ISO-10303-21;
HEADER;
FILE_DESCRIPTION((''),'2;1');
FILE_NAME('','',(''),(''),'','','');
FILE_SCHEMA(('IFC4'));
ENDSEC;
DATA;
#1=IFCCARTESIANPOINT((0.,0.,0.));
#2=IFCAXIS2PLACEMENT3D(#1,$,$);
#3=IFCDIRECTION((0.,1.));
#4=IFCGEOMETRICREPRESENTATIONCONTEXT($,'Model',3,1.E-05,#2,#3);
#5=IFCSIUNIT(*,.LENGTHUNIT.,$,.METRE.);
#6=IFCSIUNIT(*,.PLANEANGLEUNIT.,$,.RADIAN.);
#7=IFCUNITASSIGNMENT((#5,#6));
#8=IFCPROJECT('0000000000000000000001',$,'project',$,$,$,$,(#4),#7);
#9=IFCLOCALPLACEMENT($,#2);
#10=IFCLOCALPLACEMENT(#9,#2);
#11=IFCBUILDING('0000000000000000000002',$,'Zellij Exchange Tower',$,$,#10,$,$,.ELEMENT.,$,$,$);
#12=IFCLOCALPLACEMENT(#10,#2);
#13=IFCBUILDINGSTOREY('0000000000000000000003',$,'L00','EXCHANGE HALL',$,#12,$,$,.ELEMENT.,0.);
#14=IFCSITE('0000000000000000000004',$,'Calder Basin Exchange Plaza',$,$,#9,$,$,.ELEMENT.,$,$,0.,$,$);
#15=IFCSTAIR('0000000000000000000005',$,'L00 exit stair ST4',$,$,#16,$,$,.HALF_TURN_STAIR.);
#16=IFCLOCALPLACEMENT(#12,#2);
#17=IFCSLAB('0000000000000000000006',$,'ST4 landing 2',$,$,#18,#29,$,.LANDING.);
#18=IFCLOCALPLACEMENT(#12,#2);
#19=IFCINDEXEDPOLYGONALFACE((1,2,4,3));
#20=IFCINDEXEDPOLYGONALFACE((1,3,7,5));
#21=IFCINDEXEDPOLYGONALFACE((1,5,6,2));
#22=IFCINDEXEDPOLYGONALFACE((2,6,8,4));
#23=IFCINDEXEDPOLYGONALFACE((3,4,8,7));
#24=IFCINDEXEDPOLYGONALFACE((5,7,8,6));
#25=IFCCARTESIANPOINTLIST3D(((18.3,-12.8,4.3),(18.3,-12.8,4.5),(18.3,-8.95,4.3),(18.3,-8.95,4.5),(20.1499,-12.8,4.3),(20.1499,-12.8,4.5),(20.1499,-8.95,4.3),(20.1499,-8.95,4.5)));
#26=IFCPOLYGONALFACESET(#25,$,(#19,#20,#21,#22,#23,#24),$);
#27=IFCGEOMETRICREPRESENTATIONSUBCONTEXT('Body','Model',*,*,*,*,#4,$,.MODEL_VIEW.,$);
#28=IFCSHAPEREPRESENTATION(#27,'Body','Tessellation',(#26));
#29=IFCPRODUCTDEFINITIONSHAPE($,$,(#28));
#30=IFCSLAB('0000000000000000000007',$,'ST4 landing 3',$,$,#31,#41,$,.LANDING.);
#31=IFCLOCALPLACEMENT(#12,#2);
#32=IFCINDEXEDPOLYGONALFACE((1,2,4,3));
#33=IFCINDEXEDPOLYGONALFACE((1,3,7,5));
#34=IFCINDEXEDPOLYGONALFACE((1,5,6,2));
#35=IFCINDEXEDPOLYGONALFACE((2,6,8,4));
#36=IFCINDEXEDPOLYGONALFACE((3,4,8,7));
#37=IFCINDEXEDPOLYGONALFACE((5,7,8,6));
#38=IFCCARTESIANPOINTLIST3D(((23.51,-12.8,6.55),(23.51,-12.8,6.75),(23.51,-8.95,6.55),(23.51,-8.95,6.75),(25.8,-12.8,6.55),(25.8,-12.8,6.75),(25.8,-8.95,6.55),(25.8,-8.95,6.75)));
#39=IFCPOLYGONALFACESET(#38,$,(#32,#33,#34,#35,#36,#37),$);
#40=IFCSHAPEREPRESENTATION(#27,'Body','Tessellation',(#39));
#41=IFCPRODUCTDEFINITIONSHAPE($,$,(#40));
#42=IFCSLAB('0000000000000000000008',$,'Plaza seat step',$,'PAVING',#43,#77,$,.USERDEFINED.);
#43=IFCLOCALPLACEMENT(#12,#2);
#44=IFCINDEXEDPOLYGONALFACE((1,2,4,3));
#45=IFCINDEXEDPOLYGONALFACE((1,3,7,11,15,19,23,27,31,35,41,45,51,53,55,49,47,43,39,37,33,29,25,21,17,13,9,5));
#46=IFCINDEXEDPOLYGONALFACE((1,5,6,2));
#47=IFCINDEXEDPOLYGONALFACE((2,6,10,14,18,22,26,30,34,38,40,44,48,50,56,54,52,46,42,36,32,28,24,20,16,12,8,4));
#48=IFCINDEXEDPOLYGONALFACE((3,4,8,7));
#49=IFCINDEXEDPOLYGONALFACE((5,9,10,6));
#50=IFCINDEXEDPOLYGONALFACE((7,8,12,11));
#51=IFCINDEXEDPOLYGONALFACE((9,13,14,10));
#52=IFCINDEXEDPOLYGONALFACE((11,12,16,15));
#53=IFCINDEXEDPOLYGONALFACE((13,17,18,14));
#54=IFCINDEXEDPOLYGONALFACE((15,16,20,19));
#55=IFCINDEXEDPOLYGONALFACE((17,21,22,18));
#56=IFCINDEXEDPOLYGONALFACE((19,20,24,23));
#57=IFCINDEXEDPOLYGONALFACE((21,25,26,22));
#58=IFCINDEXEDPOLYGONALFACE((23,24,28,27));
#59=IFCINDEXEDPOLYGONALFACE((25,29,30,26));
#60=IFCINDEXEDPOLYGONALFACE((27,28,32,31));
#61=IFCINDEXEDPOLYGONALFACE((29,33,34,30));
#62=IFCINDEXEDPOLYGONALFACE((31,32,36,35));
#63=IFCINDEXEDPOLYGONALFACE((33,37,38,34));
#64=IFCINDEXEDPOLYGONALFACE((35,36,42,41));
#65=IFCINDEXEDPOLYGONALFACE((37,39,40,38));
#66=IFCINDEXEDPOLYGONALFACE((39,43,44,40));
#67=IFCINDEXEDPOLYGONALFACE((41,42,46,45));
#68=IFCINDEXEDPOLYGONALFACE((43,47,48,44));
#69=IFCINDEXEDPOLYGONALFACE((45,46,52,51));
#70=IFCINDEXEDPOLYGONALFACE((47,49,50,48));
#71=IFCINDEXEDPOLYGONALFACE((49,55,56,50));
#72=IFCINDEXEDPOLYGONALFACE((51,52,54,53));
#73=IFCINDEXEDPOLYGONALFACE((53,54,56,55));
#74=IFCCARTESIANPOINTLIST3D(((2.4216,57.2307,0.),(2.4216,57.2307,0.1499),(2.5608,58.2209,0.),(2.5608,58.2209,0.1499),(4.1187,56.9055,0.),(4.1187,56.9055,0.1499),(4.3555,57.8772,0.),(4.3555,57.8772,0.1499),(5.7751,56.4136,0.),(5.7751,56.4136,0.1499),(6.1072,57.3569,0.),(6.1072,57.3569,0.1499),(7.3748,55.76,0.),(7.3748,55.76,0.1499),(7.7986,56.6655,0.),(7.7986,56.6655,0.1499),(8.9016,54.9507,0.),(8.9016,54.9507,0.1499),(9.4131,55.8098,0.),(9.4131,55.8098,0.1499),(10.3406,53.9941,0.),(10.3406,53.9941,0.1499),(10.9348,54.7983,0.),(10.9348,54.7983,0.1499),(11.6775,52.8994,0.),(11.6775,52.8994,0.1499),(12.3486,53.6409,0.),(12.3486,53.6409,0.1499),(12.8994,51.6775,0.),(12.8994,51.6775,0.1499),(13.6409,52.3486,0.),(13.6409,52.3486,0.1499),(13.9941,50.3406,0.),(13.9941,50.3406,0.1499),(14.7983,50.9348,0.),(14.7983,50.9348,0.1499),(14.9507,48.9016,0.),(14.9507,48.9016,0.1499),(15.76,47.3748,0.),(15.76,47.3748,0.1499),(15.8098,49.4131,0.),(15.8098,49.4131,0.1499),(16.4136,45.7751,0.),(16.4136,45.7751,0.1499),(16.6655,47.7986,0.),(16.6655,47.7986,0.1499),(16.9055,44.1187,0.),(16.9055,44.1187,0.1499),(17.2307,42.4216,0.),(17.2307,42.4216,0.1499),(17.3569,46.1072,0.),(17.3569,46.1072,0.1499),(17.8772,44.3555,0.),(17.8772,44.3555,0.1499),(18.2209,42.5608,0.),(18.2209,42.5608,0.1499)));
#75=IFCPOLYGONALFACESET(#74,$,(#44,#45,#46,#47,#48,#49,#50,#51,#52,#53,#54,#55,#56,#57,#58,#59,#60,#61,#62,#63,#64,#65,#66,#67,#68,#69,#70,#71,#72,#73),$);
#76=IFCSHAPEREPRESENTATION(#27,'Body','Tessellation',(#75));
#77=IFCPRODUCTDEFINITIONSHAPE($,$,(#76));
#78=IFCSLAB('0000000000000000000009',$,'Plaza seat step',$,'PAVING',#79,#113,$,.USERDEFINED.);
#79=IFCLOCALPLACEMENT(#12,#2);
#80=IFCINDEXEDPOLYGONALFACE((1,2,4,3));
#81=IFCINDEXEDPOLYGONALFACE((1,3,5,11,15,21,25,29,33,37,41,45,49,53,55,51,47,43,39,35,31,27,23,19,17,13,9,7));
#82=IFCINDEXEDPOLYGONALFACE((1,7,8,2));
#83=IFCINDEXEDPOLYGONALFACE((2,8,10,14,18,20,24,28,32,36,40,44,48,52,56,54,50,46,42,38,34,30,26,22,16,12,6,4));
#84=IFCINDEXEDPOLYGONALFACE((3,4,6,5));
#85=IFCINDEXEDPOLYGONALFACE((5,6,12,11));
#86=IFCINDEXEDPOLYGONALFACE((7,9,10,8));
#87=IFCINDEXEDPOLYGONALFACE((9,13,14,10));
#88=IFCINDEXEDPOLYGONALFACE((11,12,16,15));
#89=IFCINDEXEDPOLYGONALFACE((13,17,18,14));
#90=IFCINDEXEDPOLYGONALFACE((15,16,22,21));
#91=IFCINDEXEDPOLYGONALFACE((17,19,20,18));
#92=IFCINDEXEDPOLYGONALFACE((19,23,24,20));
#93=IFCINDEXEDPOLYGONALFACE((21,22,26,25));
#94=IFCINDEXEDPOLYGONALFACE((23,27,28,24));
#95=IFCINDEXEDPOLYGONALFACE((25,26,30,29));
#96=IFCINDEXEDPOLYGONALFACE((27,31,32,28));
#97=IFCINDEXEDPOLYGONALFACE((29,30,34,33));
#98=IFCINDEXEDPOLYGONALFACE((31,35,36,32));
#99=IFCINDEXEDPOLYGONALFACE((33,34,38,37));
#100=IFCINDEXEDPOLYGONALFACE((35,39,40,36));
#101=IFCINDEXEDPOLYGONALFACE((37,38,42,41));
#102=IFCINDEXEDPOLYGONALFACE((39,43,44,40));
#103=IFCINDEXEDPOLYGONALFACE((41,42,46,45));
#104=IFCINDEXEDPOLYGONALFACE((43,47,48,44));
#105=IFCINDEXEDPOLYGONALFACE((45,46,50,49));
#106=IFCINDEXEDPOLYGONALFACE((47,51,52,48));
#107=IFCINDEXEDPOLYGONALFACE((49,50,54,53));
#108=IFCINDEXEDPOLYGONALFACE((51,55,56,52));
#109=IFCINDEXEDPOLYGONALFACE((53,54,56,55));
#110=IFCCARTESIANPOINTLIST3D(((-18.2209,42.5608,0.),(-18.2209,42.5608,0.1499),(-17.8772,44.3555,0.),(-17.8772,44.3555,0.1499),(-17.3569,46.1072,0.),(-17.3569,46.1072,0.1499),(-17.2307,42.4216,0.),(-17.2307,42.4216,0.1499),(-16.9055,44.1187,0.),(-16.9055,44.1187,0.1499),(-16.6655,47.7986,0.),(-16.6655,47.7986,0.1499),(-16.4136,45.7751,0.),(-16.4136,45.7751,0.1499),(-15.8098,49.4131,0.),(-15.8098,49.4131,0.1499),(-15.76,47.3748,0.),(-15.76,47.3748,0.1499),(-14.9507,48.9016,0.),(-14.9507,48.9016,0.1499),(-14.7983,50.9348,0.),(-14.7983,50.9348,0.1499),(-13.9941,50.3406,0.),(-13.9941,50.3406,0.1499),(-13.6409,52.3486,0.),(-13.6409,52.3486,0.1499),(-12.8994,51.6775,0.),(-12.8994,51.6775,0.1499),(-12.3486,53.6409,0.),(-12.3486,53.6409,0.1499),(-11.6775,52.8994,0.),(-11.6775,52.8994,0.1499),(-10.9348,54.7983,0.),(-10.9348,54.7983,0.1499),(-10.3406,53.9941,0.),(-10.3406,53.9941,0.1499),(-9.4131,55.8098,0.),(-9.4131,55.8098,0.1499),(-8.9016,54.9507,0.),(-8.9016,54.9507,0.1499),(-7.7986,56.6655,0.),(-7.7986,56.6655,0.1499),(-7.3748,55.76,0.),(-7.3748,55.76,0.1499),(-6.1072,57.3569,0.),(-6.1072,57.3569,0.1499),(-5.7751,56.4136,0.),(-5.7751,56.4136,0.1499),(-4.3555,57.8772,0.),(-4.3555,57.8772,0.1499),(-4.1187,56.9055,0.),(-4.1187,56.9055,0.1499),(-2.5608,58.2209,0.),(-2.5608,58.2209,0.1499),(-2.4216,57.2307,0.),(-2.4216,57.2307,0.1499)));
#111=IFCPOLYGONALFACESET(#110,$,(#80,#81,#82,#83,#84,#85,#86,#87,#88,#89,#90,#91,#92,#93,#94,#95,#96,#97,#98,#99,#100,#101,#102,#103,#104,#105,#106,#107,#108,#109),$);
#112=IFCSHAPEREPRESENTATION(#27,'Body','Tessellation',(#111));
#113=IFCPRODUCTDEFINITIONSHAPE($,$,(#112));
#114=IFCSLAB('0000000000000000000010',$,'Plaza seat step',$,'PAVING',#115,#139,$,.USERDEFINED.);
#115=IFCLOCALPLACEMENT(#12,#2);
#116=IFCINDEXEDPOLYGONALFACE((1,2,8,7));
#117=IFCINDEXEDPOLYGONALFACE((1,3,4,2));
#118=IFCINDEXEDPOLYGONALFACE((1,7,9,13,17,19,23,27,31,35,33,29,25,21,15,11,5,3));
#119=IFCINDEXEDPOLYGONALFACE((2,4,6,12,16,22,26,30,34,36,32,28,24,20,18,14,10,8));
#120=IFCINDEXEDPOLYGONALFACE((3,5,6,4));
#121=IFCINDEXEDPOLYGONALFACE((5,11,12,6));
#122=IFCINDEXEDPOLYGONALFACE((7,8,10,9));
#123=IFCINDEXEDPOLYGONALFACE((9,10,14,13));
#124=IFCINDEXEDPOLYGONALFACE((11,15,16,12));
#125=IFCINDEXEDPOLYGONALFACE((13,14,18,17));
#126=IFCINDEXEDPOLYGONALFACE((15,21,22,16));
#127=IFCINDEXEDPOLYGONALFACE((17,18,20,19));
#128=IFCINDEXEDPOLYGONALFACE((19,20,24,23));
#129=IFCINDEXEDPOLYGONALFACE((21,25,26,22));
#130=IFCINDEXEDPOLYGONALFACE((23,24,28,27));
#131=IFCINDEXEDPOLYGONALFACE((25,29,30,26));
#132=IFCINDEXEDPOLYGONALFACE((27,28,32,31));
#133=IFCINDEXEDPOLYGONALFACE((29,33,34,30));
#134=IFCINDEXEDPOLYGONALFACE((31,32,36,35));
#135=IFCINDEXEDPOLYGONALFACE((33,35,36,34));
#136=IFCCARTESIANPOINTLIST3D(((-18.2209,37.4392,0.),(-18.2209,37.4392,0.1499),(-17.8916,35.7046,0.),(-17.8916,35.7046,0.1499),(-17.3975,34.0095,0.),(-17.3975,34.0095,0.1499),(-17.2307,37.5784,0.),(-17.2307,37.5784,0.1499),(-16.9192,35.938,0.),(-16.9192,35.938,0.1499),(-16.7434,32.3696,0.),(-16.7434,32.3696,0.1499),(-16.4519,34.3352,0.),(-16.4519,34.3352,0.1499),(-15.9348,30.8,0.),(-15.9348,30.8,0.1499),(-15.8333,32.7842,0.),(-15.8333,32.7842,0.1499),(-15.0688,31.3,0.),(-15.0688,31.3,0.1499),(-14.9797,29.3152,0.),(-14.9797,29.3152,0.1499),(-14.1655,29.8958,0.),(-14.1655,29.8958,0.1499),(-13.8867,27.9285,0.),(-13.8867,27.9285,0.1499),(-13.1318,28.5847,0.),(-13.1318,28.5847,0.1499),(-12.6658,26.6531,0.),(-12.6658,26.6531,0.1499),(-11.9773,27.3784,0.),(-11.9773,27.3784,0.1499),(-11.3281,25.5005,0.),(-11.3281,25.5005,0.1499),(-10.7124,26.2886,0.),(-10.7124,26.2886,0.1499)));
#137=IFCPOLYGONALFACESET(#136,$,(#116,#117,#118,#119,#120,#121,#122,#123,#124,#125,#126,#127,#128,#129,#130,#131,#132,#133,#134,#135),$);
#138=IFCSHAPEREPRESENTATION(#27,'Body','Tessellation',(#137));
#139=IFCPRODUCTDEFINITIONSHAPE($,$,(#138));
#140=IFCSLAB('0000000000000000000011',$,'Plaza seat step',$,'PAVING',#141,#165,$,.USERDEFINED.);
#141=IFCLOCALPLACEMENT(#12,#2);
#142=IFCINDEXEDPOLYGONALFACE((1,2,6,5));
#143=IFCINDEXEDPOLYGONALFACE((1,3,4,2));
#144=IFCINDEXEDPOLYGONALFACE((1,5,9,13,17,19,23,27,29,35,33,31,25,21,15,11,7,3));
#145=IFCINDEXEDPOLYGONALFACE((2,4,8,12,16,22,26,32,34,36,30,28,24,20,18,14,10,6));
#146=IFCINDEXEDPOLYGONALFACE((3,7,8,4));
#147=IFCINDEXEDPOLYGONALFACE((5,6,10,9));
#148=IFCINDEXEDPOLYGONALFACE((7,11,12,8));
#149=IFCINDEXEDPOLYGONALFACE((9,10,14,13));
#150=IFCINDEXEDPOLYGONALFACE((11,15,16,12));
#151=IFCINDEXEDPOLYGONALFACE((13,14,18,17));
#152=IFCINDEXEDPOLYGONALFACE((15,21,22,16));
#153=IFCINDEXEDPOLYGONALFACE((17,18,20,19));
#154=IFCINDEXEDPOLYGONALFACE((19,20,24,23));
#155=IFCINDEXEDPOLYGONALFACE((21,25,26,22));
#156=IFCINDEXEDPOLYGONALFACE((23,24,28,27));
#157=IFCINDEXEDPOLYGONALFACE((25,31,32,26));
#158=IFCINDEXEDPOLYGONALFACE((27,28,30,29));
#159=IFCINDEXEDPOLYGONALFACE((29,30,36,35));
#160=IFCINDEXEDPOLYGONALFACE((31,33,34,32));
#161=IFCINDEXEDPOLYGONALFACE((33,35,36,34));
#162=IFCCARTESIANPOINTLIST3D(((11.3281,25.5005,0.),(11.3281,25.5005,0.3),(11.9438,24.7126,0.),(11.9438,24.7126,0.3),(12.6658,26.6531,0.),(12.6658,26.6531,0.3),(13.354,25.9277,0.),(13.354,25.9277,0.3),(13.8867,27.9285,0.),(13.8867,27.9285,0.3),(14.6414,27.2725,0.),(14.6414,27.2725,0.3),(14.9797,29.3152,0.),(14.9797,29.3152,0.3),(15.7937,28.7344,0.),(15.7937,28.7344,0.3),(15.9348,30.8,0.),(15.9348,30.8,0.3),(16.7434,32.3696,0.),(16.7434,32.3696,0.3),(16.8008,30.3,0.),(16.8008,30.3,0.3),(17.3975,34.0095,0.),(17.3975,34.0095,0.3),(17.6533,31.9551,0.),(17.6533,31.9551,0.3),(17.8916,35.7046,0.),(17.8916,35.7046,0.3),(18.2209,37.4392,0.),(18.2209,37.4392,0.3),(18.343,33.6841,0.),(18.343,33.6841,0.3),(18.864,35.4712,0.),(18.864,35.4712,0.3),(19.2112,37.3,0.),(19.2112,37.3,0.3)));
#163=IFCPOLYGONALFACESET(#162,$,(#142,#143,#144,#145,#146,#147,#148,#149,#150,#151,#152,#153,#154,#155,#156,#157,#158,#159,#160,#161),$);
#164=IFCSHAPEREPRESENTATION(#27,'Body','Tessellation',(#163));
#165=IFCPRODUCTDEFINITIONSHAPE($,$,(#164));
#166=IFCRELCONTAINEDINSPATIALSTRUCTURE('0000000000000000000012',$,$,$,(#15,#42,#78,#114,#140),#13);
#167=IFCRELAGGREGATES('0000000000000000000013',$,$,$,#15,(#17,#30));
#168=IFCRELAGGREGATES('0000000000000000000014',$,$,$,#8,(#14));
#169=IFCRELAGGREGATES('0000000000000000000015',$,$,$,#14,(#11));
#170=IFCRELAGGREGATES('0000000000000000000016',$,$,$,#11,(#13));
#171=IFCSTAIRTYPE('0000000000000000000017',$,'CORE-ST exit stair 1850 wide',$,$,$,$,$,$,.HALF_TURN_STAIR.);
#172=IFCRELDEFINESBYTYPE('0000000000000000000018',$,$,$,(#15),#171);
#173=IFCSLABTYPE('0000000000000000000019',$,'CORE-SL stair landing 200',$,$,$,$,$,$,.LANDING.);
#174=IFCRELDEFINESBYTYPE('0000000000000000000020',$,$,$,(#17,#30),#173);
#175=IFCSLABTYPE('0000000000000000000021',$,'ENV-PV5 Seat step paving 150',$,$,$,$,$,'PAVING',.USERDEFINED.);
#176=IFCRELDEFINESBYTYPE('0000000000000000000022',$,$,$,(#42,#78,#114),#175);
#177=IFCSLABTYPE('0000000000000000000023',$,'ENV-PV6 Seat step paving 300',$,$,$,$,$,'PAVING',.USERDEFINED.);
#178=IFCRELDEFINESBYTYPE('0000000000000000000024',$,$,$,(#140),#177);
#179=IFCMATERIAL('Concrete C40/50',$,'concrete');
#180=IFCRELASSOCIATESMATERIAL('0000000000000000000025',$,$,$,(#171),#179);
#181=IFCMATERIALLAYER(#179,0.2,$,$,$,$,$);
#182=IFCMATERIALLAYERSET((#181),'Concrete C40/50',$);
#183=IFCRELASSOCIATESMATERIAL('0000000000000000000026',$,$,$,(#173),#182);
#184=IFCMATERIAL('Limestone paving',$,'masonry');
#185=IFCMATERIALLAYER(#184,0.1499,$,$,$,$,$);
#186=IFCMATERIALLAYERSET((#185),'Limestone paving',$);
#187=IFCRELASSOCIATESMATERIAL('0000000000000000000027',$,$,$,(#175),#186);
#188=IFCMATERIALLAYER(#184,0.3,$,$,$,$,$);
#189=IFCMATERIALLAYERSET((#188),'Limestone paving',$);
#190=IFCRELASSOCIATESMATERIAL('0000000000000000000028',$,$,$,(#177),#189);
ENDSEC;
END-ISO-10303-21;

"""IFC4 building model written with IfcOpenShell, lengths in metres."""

from ifc_helpers import new_model, si_unit, direction, frame, origin, place, context, subcontext, project, spatial, polyline, outline, extrude, material, layer, layer_set, type_object, element, aggregate, save


model = new_model("IFC4")

# Units and contexts
model_context = context("Model", 3, precision=1e-05, world=origin(), true_north=direction((0.0, 1.0)))
body_context = subcontext(model_context, "Body", "Model", "MODEL_VIEW")
ifc_project = project(units=[si_unit("LENGTHUNIT", "METRE"), si_unit("PLANEANGLEUNIT", "RADIAN")], contexts=[model_context])

# Site, building, storey
site_placement = place(None, origin())
site = spatial("IfcSite", under=ifc_project, at=site_placement, Name="Calder Basin Exchange Plaza", CompositionType="ELEMENT", RefElevation=0.0)
building_placement = place(site_placement, origin())
building = spatial("IfcBuilding", under=site, at=building_placement, Name="Zellij Exchange Tower", CompositionType="ELEMENT")
storey_placement = place(building_placement, origin())
storey = spatial("IfcBuildingStorey", under=building, at=storey_placement, Name="L00", Description="EXCHANGE HALL", CompositionType="ELEMENT", Elevation=0.0)

# Stair, slabs
ifc_material_1 = material(Name="Concrete C40/50", Category="concrete")
stair_type = type_object("IfcStairType", Name="CORE-ST exit stair 1850 wide", PredefinedType="HALF_TURN_STAIR", material=ifc_material_1)
ifc_layer_1 = layer(ifc_material_1, 0.2)
ifc_layer_set_1 = layer_set([ifc_layer_1], Name="Concrete C40/50")
slab_type_1 = type_object("IfcSlabType", Name="CORE-SL stair landing 200", PredefinedType="LANDING", material=ifc_layer_set_1)
stair_1_placement = place(storey_placement, origin())
stair_1 = element("IfcStair", 1, at=stair_1_placement, inside=storey, type_object=stair_type, Name="L00 exit stair ST4", PredefinedType="HALF_TURN_STAIR")
slab_1_placement = place(storey_placement, frame((0.0, 0.0, 4.3)))
slab_1 = element("IfcSlab", 2, at=slab_1_placement, type_object=slab_type_1, Name="ST4 landing 2", PredefinedType="LANDING", context=body_context, shape_type="SweptSolid", body=[
    extrude(outline(polyline([(18.3, -12.8), (20.1499, -12.8), (20.1499, -8.95), (18.3, -8.95), (18.3, -12.8)])), origin(), (0.0, 0.0, 1.0), 0.2),
])
slab_2_placement = place(storey_placement, frame((0.0, 0.0, 6.55)))
slab_2 = element("IfcSlab", 3, at=slab_2_placement, type_object=slab_type_1, Name="ST4 landing 3", PredefinedType="LANDING", context=body_context, shape_type="SweptSolid", body=[
    extrude(outline(polyline([(23.51, -12.8), (25.8, -12.8), (25.8, -8.95), (23.51, -8.95), (23.51, -12.8)])), origin(), (0.0, 0.0, 1.0), 0.2),
])
aggregate(stair_1, [slab_1, slab_2])

# Slabs
ifc_material_2 = material(Name="Limestone paving", Category="masonry")
ifc_layer_2 = layer(ifc_material_2, 0.1499)
ifc_layer_set_2 = layer_set([ifc_layer_2], Name="Limestone paving")
slab_type_2 = type_object("IfcSlabType", Name="ENV-PV5 Seat step paving 150", ElementType="PAVING", PredefinedType="USERDEFINED", material=ifc_layer_set_2)
slab_3_placement = place(storey_placement, origin())
element("IfcSlab", 4, at=slab_3_placement, inside=storey, type_object=slab_type_2, Name="Plaza seat step", ObjectType="PAVING", PredefinedType="USERDEFINED", context=body_context, shape_type="SweptSolid", body=[
    extrude(outline(polyline([(18.2209, 42.5608), (17.8772, 44.3555), (17.3569, 46.1072), (16.6655, 47.7986), (15.8098, 49.4131), (14.7983, 50.9348), (13.6409, 52.3486), (12.3486, 53.6409), (10.9348, 54.7983), (9.4131, 55.8098), (7.7986, 56.6655), (6.1072, 57.3569), (4.3555, 57.8772), (2.5608, 58.2209), (2.4216, 57.2307), (4.1187, 56.9055), (5.7751, 56.4136), (7.3748, 55.76), (8.9016, 54.9507), (10.3406, 53.9941), (11.6775, 52.8994), (12.8994, 51.6775), (13.9941, 50.3406), (14.9507, 48.9016), (15.76, 47.3748), (16.4136, 45.7751), (16.9055, 44.1187), (17.2307, 42.4216), (18.2209, 42.5608)])), origin(), (0.0, 0.0, 1.0), 0.1499),
])
slab_4_placement = place(storey_placement, origin())
element("IfcSlab", 5, at=slab_4_placement, inside=storey, type_object=slab_type_2, Name="Plaza seat step", ObjectType="PAVING", PredefinedType="USERDEFINED", context=body_context, shape_type="SweptSolid", body=[
    extrude(outline(polyline([(-2.5608, 58.2209), (-4.3555, 57.8772), (-6.1072, 57.3569), (-7.7986, 56.6655), (-9.4131, 55.8098), (-10.9348, 54.7983), (-12.3486, 53.6409), (-13.6409, 52.3486), (-14.7983, 50.9348), (-15.8098, 49.4131), (-16.6655, 47.7986), (-17.3569, 46.1072), (-17.8772, 44.3555), (-18.2209, 42.5608), (-17.2307, 42.4216), (-16.9055, 44.1187), (-16.4136, 45.7751), (-15.76, 47.3748), (-14.9507, 48.9016), (-13.9941, 50.3406), (-12.8994, 51.6775), (-11.6775, 52.8994), (-10.3406, 53.9941), (-8.9016, 54.9507), (-7.3748, 55.76), (-5.7751, 56.4136), (-4.1187, 56.9055), (-2.4216, 57.2307), (-2.5608, 58.2209)])), origin(), (0.0, 0.0, 1.0), 0.1499),
])
slab_5_placement = place(storey_placement, origin())
element("IfcSlab", 6, at=slab_5_placement, inside=storey, type_object=slab_type_2, Name="Plaza seat step", ObjectType="PAVING", PredefinedType="USERDEFINED", context=body_context, shape_type="SweptSolid", body=[
    extrude(outline(polyline([(-18.2209, 37.4392), (-17.8916, 35.7046), (-17.3975, 34.0095), (-16.7434, 32.3696), (-15.9348, 30.8), (-14.9797, 29.3152), (-13.8867, 27.9285), (-12.6658, 26.6531), (-11.3281, 25.5005), (-10.7124, 26.2886), (-11.9773, 27.3784), (-13.1318, 28.5847), (-14.1655, 29.8958), (-15.0688, 31.3), (-15.8333, 32.7842), (-16.4519, 34.3352), (-16.9192, 35.938), (-17.2307, 37.5784), (-18.2209, 37.4392)])), origin(), (0.0, 0.0, 1.0), 0.1499),
])
ifc_layer_3 = layer(ifc_material_2, 0.3)
ifc_layer_set_3 = layer_set([ifc_layer_3], Name="Limestone paving")
slab_type_3 = type_object("IfcSlabType", Name="ENV-PV6 Seat step paving 300", ElementType="PAVING", PredefinedType="USERDEFINED", material=ifc_layer_set_3)
slab_6_placement = place(storey_placement, origin())
element("IfcSlab", 7, at=slab_6_placement, inside=storey, type_object=slab_type_3, Name="Plaza seat step", ObjectType="PAVING", PredefinedType="USERDEFINED", context=body_context, shape_type="SweptSolid", body=[
    extrude(outline(polyline([(11.9438, 24.7126), (13.354, 25.9277), (14.6414, 27.2725), (15.7937, 28.7344), (16.8008, 30.3), (17.6533, 31.9551), (18.343, 33.6841), (18.864, 35.4712), (19.2112, 37.3), (18.2209, 37.4392), (17.8916, 35.7046), (17.3975, 34.0095), (16.7434, 32.3696), (15.9348, 30.8), (14.9797, 29.3152), (13.8867, 27.9285), (12.6658, 26.6531), (11.3281, 25.5005), (11.9438, 24.7126)])), origin(), (0.0, 0.0, 1.0), 0.3),
])

save(model, "model.ifc")
